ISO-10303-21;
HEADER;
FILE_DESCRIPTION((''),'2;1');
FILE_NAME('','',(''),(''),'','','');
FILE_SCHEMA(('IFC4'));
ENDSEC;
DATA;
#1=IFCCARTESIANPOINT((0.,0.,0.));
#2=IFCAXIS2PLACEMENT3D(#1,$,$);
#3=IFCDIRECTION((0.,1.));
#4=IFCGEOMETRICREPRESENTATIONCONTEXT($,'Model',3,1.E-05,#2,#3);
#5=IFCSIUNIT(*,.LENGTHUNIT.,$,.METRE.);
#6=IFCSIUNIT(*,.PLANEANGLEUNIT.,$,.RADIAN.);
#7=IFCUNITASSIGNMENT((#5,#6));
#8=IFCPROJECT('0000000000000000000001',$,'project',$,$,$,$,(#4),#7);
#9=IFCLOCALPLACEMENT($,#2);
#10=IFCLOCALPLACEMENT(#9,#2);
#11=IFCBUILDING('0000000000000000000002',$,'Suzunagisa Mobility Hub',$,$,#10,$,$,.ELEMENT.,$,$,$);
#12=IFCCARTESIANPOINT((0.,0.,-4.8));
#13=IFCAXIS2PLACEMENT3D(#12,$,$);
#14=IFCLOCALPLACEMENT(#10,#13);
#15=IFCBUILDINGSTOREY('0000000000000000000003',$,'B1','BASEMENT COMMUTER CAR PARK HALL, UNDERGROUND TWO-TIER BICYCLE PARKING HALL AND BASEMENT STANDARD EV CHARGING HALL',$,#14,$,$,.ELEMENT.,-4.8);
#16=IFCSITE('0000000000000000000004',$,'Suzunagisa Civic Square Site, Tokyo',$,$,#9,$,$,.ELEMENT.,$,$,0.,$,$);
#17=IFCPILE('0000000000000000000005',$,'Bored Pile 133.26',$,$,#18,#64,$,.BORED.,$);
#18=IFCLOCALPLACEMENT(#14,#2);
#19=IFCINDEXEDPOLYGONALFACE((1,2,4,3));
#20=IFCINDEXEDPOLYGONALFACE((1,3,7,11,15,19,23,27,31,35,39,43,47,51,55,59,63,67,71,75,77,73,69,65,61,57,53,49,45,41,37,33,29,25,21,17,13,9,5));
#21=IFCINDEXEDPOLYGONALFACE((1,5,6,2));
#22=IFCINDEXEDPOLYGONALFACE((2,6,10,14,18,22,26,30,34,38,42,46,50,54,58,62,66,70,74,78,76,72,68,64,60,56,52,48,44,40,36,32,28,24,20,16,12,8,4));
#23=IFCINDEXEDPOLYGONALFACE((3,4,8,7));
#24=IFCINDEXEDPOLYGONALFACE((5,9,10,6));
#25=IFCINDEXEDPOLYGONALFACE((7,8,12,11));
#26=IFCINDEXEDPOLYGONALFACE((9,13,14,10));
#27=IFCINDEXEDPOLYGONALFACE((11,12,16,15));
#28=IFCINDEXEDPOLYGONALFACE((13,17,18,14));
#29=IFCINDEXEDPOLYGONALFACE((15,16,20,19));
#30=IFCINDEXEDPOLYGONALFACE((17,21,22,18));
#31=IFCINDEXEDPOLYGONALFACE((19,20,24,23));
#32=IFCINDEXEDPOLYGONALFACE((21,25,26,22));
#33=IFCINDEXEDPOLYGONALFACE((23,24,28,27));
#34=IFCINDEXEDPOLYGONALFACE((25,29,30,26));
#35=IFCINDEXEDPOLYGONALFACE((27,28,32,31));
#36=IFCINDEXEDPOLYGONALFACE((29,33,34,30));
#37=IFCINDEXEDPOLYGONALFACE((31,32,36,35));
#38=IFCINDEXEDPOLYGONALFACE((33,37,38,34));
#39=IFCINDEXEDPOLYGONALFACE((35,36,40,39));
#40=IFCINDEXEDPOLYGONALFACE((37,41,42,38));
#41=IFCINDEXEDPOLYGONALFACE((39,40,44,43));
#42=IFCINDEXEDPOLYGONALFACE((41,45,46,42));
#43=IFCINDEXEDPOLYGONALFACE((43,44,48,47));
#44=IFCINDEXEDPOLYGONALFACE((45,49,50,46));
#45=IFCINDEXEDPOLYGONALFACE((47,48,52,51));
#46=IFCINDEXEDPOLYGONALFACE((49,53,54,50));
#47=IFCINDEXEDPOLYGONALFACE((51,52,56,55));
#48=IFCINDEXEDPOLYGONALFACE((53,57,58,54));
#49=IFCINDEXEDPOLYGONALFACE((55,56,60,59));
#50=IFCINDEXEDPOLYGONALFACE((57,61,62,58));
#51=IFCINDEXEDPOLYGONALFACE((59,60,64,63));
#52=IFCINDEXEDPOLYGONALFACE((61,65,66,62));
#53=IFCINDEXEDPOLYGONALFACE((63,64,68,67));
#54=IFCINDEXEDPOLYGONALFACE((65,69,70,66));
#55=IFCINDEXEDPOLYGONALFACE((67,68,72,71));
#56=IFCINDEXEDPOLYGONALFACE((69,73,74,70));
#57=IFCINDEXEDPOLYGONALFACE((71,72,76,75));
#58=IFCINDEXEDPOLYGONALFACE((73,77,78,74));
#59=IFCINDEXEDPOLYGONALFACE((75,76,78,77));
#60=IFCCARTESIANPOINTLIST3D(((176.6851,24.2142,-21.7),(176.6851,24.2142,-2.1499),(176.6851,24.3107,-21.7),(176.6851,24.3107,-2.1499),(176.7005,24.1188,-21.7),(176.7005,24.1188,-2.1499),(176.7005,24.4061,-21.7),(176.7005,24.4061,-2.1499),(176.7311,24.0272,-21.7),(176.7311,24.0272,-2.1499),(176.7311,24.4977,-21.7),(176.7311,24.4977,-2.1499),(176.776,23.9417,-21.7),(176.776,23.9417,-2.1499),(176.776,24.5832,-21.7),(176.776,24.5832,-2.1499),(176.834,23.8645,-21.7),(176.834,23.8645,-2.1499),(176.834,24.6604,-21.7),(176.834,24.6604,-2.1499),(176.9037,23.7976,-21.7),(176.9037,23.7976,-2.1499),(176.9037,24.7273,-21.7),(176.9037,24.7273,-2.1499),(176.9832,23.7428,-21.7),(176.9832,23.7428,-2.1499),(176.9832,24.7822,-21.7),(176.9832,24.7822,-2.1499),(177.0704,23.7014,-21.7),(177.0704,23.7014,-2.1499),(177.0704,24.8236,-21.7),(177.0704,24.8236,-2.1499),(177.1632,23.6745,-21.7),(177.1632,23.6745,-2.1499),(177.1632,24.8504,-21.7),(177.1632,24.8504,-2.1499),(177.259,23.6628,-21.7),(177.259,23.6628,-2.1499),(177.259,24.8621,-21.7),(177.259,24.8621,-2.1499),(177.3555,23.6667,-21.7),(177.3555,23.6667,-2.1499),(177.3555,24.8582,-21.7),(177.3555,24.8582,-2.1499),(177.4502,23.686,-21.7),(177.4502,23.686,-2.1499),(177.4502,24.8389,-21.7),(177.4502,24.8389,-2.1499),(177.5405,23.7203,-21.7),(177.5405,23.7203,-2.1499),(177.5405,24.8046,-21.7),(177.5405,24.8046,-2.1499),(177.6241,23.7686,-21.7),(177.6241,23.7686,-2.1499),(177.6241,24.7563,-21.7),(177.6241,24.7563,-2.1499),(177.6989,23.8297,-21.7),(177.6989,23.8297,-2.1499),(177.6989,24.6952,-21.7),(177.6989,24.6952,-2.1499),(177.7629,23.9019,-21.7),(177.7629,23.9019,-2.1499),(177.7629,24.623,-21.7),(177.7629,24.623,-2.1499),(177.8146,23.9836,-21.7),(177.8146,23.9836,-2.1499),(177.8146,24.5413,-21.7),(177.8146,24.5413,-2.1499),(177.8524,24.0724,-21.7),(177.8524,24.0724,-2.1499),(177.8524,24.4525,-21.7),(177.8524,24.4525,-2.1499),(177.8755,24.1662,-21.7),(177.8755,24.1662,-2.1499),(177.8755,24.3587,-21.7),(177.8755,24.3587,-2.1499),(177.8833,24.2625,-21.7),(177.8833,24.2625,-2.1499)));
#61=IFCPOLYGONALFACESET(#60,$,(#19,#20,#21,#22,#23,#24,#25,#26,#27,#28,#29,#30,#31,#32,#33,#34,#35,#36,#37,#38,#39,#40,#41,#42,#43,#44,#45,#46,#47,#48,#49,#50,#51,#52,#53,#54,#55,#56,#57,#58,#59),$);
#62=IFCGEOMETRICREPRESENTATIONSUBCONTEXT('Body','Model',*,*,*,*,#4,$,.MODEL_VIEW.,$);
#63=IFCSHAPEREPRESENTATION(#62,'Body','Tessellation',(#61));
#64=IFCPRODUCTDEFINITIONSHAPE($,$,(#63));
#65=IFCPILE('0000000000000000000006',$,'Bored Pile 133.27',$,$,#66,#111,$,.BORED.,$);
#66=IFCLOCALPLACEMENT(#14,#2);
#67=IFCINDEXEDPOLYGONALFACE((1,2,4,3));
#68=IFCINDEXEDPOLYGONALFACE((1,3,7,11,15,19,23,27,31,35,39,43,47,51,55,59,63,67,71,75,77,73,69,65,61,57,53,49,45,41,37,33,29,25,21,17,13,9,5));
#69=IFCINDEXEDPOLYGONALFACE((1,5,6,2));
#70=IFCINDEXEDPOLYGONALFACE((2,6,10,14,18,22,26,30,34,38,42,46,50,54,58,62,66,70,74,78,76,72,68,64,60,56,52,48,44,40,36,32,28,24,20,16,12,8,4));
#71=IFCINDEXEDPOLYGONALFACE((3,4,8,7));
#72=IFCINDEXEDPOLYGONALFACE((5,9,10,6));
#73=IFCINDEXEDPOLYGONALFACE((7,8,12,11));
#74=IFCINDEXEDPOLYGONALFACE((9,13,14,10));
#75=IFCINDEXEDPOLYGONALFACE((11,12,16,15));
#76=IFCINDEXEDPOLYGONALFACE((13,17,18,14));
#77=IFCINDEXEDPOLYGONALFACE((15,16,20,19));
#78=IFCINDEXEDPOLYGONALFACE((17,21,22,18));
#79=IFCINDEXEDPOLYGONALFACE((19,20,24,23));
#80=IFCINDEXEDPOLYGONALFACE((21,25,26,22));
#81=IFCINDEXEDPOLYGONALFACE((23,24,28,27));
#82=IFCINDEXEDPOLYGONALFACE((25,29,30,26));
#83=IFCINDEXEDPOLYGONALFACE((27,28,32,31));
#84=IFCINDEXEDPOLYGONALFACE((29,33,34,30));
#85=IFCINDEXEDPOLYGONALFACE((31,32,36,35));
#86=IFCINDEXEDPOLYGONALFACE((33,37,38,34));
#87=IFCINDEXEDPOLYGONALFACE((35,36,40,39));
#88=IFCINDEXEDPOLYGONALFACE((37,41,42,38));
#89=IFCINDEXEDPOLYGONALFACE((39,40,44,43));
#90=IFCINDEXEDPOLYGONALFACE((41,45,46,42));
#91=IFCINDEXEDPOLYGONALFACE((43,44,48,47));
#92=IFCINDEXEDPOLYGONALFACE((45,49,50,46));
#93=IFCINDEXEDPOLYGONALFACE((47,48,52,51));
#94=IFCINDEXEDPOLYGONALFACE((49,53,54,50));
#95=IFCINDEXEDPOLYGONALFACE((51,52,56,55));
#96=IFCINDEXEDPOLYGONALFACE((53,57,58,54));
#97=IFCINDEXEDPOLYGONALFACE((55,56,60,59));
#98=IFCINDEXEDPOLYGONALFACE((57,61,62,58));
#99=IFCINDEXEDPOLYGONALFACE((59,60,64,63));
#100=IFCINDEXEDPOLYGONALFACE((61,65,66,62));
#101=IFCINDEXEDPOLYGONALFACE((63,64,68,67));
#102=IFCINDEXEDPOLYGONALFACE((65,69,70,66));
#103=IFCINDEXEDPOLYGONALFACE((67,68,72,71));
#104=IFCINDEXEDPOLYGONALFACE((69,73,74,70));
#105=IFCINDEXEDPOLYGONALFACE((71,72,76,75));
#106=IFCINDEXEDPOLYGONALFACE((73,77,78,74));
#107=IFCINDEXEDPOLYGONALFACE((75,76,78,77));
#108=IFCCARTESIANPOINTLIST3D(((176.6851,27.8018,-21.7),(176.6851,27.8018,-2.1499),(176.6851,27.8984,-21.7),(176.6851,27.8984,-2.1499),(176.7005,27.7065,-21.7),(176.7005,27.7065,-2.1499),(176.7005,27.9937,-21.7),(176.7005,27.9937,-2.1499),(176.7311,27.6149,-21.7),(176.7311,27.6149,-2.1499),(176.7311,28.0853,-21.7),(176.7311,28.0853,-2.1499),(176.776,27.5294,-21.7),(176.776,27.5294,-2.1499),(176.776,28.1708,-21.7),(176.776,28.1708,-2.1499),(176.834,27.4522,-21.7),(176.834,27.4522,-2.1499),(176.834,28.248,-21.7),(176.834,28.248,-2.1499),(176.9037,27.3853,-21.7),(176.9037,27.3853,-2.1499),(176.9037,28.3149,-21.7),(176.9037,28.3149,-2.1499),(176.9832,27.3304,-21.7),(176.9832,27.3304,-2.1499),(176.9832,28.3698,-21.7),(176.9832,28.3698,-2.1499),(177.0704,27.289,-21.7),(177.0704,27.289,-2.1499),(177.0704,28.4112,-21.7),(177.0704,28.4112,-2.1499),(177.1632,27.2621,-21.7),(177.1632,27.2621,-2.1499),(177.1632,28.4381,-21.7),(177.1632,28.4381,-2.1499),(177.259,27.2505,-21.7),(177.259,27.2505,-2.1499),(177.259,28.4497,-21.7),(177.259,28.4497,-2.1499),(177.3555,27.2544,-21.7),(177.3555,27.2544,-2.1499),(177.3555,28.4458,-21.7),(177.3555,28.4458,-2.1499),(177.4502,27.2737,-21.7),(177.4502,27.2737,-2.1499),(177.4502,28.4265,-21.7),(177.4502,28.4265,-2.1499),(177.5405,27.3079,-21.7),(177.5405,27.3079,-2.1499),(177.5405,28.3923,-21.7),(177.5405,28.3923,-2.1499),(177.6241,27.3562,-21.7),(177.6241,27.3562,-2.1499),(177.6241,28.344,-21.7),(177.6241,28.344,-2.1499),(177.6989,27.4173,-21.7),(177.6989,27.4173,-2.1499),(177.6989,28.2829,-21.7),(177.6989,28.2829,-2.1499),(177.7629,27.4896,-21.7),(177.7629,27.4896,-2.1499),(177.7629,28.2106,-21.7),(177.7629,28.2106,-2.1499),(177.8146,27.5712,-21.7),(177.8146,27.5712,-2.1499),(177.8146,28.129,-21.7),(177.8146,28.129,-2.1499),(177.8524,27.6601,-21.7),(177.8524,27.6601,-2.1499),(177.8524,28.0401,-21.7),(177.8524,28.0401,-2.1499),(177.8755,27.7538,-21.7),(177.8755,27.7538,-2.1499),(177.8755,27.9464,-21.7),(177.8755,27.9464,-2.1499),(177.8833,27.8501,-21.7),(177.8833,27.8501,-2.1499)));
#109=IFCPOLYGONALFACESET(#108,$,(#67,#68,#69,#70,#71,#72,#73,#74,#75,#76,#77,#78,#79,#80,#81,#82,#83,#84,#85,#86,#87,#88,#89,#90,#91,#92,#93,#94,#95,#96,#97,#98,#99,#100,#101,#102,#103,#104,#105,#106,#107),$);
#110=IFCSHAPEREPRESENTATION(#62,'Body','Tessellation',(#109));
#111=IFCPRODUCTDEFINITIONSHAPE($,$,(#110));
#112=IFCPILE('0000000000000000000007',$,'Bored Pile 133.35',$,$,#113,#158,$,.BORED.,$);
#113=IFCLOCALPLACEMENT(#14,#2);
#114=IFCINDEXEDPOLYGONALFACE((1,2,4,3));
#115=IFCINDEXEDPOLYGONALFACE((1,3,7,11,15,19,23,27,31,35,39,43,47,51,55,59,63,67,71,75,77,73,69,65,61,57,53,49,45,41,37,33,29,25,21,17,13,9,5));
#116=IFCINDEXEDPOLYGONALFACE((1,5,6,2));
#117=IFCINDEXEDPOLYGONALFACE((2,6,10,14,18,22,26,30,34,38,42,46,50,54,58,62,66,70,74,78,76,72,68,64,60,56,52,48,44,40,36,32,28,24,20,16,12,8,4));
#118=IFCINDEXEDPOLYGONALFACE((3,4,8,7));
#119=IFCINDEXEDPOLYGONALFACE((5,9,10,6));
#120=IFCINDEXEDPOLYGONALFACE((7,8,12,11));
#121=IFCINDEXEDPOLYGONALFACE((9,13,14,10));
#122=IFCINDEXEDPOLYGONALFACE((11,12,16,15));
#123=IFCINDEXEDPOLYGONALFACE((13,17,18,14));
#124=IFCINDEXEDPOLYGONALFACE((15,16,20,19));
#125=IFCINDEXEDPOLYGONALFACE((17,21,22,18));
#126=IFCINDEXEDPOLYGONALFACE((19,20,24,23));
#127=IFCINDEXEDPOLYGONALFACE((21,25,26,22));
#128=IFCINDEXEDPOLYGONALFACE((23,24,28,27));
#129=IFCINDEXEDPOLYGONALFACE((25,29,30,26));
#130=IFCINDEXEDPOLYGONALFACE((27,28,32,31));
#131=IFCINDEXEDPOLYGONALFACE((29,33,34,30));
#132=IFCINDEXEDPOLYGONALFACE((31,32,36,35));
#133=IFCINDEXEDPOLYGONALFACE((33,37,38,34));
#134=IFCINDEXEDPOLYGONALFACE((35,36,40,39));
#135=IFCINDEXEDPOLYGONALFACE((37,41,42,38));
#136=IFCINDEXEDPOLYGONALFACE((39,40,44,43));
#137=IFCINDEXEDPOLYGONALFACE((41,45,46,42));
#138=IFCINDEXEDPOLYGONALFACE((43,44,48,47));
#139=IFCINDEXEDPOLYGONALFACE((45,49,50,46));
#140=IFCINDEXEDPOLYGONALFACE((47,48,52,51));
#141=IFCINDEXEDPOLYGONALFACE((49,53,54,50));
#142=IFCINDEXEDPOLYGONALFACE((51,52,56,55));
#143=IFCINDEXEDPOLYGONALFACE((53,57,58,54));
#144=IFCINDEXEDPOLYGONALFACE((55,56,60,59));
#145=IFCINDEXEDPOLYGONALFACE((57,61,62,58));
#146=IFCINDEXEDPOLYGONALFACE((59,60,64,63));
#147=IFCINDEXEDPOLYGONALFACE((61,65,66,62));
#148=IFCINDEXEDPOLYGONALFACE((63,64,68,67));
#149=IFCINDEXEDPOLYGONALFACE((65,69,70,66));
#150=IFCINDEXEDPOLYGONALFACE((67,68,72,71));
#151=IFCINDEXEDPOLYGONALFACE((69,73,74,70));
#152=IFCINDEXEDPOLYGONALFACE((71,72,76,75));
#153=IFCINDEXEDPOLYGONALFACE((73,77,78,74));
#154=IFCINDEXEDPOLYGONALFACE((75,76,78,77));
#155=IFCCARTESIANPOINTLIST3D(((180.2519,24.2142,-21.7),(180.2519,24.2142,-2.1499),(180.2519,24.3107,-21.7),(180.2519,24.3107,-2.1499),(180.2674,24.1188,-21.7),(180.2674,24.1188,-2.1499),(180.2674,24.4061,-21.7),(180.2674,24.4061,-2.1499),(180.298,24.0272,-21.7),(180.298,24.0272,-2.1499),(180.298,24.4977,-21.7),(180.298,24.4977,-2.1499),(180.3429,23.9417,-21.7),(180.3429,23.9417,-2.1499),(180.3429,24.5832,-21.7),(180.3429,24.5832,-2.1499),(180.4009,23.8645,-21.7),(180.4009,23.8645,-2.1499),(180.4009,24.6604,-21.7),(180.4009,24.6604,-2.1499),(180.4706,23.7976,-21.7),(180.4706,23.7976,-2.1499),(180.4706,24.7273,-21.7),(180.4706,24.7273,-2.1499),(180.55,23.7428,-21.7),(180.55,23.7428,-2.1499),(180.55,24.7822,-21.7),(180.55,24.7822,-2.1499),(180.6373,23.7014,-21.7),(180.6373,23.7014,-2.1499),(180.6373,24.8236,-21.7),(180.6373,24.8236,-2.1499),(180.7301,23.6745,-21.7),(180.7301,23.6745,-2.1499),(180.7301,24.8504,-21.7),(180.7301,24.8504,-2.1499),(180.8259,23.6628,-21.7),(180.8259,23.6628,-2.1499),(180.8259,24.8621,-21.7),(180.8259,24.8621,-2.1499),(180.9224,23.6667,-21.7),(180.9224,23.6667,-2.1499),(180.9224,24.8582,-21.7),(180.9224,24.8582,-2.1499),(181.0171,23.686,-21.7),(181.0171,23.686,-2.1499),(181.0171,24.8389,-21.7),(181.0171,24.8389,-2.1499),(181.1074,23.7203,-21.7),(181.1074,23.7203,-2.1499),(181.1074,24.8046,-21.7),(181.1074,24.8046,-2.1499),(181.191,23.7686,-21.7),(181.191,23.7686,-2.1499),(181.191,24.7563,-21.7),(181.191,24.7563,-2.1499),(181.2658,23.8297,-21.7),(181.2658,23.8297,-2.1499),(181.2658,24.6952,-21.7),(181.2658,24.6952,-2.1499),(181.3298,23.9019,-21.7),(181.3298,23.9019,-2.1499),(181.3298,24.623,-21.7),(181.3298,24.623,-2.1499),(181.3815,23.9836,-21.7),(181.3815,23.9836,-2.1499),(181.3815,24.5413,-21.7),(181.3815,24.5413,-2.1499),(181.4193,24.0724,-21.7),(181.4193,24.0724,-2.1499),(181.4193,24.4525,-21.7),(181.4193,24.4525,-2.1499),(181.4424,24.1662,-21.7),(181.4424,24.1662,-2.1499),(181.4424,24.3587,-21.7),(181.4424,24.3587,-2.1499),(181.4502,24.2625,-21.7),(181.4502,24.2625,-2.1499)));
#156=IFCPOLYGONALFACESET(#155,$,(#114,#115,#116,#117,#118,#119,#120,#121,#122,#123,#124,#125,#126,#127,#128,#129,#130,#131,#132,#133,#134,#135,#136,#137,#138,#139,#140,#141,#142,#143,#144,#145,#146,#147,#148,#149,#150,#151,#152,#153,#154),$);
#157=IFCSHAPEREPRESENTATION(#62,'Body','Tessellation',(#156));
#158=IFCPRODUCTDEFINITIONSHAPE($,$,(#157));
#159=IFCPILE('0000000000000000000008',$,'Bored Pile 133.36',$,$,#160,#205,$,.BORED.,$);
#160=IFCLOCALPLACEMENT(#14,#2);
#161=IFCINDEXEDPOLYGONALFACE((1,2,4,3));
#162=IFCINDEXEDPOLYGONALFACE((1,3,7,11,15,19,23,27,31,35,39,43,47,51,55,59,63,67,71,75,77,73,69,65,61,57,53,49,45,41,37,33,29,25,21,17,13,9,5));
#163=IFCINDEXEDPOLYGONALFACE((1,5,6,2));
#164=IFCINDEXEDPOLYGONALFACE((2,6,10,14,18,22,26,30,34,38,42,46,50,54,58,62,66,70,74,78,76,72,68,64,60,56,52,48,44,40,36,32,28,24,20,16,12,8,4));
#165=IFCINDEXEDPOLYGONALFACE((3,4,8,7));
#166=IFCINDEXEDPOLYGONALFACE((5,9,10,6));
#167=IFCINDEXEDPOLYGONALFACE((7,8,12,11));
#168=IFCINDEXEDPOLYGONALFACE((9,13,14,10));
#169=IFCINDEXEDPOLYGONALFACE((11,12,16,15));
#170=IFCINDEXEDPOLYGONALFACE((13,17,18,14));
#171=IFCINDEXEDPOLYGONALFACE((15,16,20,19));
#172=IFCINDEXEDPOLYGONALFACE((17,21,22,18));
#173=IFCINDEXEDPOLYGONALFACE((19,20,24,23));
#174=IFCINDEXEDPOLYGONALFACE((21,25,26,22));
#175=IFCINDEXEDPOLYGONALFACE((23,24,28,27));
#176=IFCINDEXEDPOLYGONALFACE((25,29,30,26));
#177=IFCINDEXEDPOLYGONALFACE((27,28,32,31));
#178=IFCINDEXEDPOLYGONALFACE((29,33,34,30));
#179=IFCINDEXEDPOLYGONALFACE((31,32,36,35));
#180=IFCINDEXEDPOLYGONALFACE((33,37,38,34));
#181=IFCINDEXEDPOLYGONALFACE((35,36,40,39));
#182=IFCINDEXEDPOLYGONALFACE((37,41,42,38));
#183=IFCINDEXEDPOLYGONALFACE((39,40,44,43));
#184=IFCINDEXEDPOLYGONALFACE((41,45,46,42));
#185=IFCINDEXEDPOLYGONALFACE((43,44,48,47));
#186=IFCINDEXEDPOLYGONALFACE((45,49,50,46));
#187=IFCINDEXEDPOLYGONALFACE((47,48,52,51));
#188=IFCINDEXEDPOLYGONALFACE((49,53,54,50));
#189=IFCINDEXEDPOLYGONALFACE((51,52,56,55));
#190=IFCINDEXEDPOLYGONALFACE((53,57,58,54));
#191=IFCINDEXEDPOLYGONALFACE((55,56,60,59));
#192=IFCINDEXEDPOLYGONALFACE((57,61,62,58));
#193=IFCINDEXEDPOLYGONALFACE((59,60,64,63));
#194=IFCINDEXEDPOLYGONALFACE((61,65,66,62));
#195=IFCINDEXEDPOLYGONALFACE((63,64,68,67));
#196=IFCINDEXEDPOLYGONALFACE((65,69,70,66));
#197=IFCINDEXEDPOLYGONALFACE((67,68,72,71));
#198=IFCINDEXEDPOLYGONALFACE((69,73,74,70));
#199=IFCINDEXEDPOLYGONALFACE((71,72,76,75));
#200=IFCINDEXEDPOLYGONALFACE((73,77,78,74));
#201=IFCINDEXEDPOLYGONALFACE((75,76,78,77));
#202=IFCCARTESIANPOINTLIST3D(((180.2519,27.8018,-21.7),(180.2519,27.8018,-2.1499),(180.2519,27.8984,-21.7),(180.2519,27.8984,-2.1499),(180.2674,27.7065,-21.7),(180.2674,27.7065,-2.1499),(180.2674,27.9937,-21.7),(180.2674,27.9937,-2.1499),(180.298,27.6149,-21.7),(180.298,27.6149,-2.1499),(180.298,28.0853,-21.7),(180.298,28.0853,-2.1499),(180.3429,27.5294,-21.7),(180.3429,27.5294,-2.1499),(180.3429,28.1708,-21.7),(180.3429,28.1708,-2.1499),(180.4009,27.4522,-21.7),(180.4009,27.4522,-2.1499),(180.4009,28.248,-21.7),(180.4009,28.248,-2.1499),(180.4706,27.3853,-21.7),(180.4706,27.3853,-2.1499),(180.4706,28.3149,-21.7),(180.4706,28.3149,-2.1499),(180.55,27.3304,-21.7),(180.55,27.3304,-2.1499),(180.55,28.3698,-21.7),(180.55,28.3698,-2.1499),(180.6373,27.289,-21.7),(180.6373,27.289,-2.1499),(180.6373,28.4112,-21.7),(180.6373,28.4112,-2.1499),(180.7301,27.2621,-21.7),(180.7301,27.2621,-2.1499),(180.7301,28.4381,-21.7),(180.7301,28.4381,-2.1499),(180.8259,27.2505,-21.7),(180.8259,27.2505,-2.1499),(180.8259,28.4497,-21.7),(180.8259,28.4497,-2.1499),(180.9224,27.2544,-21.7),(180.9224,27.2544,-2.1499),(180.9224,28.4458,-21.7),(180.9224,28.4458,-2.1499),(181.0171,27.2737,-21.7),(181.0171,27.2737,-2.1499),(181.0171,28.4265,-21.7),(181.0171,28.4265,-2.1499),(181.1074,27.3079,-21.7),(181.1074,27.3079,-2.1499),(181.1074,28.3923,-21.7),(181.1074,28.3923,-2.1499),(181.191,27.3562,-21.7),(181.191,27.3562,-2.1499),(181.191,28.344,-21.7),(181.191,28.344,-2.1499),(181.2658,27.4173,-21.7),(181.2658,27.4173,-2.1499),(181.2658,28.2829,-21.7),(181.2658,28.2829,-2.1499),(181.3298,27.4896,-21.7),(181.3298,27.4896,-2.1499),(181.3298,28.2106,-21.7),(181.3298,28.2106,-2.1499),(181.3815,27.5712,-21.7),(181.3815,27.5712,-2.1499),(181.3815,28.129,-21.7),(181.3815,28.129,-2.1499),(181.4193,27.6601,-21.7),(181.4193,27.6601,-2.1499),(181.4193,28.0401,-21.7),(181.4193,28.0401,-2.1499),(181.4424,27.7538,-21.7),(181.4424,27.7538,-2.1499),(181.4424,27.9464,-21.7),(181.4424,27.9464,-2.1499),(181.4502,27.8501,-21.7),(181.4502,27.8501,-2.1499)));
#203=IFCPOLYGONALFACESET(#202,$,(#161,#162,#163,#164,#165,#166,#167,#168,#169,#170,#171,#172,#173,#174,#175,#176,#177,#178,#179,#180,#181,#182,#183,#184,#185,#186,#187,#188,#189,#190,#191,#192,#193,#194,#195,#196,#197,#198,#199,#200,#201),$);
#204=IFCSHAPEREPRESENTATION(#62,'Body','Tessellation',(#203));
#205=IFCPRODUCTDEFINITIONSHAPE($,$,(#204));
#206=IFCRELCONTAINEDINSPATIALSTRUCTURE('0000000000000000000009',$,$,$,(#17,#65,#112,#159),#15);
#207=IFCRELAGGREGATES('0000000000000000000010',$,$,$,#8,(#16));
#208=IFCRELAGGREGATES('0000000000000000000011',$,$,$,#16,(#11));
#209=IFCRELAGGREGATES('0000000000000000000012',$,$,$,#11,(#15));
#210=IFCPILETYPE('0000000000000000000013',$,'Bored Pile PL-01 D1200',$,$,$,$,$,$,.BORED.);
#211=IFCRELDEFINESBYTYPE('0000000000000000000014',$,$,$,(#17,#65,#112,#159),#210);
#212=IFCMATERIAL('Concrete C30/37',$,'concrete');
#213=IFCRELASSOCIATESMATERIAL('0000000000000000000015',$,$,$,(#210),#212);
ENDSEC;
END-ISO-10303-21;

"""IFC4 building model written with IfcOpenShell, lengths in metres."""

from ifc_helpers import new_model, si_unit, direction, frame, origin, origin_2d, place, context, subcontext, project, spatial, circle, extrude, material, material_profile, profile_set, type_object, element, save


model = new_model("IFC4")

# Units and contexts
model_context = context("Model", 3, precision=1e-05, world=origin(), true_north=direction((0.0, 1.0)))
body_context = subcontext(model_context, "Body", "Model", "MODEL_VIEW")
ifc_project = project(units=[si_unit("LENGTHUNIT", "METRE"), si_unit("PLANEANGLEUNIT", "RADIAN")], contexts=[model_context])

# Site, building, storey
site_placement = place(None, origin())
site = spatial("IfcSite", under=ifc_project, at=site_placement, Name="Suzunagisa Civic Square Site, Tokyo", CompositionType="ELEMENT", RefElevation=0.0)
building_placement = place(site_placement, origin())
building = spatial("IfcBuilding", under=site, at=building_placement, Name="Suzunagisa Mobility Hub", CompositionType="ELEMENT")
storey_placement = place(building_placement, frame((0.0, 0.0, -4.8)))
storey = spatial("IfcBuildingStorey", under=building, at=storey_placement, Name="B1", Description="BASEMENT COMMUTER CAR PARK HALL, UNDERGROUND TWO-TIER BICYCLE PARKING HALL AND BASEMENT STANDARD EV CHARGING HALL", CompositionType="ELEMENT", Elevation=-4.8)

# Piles
ifc_material_1 = material(Name="Concrete C30/37", Category="concrete")
ifc_material_profile_1 = material_profile(ifc_material_1, circle(Radius=0.6001, at=origin_2d()), Name="BORED PILE D1200")
ifc_profile_set_1 = profile_set([ifc_material_profile_1], Name="Concrete C30/37")
pile_type_1 = type_object("IfcPileType", Name="Bored Pile PL-01 D1200", PredefinedType="BORED", material=ifc_profile_set_1)
for number, where, z_axis, x_axis, name in (
    (1, (177.2832, 24.2625, -2.1499), (0.0, 0.0, -1.0), (1.0, 0.0, 0.0), "Bored Pile 133.26"),
    (2, (177.2832, 27.8501, -2.1499), (0.0, 0.0, -1.0), (1.0, 0.0, 0.0), "Bored Pile 133.27"),
    (3, (180.8501, 24.2625, -2.1499), (0.0, 0.0, -1.0), (1.0, 0.0, 0.0), "Bored Pile 133.35"),
    (4, (180.8501, 27.8501, -2.1499), (0.0, 0.0, -1.0), (1.0, 0.0, 0.0), "Bored Pile 133.36"),
):
    element("IfcPile", number, at=place(storey_placement, frame(where, z_axis=z_axis, x_axis=x_axis)), inside=storey, type_object=pile_type_1, Name=name, PredefinedType="BORED", context=body_context, shape_type="SweptSolid", body=[
        extrude(circle(Radius=0.6001, at=origin_2d()), origin(), (0.0, 0.0, 1.0), 19.55),
    ])

save(model, "model.ifc")
